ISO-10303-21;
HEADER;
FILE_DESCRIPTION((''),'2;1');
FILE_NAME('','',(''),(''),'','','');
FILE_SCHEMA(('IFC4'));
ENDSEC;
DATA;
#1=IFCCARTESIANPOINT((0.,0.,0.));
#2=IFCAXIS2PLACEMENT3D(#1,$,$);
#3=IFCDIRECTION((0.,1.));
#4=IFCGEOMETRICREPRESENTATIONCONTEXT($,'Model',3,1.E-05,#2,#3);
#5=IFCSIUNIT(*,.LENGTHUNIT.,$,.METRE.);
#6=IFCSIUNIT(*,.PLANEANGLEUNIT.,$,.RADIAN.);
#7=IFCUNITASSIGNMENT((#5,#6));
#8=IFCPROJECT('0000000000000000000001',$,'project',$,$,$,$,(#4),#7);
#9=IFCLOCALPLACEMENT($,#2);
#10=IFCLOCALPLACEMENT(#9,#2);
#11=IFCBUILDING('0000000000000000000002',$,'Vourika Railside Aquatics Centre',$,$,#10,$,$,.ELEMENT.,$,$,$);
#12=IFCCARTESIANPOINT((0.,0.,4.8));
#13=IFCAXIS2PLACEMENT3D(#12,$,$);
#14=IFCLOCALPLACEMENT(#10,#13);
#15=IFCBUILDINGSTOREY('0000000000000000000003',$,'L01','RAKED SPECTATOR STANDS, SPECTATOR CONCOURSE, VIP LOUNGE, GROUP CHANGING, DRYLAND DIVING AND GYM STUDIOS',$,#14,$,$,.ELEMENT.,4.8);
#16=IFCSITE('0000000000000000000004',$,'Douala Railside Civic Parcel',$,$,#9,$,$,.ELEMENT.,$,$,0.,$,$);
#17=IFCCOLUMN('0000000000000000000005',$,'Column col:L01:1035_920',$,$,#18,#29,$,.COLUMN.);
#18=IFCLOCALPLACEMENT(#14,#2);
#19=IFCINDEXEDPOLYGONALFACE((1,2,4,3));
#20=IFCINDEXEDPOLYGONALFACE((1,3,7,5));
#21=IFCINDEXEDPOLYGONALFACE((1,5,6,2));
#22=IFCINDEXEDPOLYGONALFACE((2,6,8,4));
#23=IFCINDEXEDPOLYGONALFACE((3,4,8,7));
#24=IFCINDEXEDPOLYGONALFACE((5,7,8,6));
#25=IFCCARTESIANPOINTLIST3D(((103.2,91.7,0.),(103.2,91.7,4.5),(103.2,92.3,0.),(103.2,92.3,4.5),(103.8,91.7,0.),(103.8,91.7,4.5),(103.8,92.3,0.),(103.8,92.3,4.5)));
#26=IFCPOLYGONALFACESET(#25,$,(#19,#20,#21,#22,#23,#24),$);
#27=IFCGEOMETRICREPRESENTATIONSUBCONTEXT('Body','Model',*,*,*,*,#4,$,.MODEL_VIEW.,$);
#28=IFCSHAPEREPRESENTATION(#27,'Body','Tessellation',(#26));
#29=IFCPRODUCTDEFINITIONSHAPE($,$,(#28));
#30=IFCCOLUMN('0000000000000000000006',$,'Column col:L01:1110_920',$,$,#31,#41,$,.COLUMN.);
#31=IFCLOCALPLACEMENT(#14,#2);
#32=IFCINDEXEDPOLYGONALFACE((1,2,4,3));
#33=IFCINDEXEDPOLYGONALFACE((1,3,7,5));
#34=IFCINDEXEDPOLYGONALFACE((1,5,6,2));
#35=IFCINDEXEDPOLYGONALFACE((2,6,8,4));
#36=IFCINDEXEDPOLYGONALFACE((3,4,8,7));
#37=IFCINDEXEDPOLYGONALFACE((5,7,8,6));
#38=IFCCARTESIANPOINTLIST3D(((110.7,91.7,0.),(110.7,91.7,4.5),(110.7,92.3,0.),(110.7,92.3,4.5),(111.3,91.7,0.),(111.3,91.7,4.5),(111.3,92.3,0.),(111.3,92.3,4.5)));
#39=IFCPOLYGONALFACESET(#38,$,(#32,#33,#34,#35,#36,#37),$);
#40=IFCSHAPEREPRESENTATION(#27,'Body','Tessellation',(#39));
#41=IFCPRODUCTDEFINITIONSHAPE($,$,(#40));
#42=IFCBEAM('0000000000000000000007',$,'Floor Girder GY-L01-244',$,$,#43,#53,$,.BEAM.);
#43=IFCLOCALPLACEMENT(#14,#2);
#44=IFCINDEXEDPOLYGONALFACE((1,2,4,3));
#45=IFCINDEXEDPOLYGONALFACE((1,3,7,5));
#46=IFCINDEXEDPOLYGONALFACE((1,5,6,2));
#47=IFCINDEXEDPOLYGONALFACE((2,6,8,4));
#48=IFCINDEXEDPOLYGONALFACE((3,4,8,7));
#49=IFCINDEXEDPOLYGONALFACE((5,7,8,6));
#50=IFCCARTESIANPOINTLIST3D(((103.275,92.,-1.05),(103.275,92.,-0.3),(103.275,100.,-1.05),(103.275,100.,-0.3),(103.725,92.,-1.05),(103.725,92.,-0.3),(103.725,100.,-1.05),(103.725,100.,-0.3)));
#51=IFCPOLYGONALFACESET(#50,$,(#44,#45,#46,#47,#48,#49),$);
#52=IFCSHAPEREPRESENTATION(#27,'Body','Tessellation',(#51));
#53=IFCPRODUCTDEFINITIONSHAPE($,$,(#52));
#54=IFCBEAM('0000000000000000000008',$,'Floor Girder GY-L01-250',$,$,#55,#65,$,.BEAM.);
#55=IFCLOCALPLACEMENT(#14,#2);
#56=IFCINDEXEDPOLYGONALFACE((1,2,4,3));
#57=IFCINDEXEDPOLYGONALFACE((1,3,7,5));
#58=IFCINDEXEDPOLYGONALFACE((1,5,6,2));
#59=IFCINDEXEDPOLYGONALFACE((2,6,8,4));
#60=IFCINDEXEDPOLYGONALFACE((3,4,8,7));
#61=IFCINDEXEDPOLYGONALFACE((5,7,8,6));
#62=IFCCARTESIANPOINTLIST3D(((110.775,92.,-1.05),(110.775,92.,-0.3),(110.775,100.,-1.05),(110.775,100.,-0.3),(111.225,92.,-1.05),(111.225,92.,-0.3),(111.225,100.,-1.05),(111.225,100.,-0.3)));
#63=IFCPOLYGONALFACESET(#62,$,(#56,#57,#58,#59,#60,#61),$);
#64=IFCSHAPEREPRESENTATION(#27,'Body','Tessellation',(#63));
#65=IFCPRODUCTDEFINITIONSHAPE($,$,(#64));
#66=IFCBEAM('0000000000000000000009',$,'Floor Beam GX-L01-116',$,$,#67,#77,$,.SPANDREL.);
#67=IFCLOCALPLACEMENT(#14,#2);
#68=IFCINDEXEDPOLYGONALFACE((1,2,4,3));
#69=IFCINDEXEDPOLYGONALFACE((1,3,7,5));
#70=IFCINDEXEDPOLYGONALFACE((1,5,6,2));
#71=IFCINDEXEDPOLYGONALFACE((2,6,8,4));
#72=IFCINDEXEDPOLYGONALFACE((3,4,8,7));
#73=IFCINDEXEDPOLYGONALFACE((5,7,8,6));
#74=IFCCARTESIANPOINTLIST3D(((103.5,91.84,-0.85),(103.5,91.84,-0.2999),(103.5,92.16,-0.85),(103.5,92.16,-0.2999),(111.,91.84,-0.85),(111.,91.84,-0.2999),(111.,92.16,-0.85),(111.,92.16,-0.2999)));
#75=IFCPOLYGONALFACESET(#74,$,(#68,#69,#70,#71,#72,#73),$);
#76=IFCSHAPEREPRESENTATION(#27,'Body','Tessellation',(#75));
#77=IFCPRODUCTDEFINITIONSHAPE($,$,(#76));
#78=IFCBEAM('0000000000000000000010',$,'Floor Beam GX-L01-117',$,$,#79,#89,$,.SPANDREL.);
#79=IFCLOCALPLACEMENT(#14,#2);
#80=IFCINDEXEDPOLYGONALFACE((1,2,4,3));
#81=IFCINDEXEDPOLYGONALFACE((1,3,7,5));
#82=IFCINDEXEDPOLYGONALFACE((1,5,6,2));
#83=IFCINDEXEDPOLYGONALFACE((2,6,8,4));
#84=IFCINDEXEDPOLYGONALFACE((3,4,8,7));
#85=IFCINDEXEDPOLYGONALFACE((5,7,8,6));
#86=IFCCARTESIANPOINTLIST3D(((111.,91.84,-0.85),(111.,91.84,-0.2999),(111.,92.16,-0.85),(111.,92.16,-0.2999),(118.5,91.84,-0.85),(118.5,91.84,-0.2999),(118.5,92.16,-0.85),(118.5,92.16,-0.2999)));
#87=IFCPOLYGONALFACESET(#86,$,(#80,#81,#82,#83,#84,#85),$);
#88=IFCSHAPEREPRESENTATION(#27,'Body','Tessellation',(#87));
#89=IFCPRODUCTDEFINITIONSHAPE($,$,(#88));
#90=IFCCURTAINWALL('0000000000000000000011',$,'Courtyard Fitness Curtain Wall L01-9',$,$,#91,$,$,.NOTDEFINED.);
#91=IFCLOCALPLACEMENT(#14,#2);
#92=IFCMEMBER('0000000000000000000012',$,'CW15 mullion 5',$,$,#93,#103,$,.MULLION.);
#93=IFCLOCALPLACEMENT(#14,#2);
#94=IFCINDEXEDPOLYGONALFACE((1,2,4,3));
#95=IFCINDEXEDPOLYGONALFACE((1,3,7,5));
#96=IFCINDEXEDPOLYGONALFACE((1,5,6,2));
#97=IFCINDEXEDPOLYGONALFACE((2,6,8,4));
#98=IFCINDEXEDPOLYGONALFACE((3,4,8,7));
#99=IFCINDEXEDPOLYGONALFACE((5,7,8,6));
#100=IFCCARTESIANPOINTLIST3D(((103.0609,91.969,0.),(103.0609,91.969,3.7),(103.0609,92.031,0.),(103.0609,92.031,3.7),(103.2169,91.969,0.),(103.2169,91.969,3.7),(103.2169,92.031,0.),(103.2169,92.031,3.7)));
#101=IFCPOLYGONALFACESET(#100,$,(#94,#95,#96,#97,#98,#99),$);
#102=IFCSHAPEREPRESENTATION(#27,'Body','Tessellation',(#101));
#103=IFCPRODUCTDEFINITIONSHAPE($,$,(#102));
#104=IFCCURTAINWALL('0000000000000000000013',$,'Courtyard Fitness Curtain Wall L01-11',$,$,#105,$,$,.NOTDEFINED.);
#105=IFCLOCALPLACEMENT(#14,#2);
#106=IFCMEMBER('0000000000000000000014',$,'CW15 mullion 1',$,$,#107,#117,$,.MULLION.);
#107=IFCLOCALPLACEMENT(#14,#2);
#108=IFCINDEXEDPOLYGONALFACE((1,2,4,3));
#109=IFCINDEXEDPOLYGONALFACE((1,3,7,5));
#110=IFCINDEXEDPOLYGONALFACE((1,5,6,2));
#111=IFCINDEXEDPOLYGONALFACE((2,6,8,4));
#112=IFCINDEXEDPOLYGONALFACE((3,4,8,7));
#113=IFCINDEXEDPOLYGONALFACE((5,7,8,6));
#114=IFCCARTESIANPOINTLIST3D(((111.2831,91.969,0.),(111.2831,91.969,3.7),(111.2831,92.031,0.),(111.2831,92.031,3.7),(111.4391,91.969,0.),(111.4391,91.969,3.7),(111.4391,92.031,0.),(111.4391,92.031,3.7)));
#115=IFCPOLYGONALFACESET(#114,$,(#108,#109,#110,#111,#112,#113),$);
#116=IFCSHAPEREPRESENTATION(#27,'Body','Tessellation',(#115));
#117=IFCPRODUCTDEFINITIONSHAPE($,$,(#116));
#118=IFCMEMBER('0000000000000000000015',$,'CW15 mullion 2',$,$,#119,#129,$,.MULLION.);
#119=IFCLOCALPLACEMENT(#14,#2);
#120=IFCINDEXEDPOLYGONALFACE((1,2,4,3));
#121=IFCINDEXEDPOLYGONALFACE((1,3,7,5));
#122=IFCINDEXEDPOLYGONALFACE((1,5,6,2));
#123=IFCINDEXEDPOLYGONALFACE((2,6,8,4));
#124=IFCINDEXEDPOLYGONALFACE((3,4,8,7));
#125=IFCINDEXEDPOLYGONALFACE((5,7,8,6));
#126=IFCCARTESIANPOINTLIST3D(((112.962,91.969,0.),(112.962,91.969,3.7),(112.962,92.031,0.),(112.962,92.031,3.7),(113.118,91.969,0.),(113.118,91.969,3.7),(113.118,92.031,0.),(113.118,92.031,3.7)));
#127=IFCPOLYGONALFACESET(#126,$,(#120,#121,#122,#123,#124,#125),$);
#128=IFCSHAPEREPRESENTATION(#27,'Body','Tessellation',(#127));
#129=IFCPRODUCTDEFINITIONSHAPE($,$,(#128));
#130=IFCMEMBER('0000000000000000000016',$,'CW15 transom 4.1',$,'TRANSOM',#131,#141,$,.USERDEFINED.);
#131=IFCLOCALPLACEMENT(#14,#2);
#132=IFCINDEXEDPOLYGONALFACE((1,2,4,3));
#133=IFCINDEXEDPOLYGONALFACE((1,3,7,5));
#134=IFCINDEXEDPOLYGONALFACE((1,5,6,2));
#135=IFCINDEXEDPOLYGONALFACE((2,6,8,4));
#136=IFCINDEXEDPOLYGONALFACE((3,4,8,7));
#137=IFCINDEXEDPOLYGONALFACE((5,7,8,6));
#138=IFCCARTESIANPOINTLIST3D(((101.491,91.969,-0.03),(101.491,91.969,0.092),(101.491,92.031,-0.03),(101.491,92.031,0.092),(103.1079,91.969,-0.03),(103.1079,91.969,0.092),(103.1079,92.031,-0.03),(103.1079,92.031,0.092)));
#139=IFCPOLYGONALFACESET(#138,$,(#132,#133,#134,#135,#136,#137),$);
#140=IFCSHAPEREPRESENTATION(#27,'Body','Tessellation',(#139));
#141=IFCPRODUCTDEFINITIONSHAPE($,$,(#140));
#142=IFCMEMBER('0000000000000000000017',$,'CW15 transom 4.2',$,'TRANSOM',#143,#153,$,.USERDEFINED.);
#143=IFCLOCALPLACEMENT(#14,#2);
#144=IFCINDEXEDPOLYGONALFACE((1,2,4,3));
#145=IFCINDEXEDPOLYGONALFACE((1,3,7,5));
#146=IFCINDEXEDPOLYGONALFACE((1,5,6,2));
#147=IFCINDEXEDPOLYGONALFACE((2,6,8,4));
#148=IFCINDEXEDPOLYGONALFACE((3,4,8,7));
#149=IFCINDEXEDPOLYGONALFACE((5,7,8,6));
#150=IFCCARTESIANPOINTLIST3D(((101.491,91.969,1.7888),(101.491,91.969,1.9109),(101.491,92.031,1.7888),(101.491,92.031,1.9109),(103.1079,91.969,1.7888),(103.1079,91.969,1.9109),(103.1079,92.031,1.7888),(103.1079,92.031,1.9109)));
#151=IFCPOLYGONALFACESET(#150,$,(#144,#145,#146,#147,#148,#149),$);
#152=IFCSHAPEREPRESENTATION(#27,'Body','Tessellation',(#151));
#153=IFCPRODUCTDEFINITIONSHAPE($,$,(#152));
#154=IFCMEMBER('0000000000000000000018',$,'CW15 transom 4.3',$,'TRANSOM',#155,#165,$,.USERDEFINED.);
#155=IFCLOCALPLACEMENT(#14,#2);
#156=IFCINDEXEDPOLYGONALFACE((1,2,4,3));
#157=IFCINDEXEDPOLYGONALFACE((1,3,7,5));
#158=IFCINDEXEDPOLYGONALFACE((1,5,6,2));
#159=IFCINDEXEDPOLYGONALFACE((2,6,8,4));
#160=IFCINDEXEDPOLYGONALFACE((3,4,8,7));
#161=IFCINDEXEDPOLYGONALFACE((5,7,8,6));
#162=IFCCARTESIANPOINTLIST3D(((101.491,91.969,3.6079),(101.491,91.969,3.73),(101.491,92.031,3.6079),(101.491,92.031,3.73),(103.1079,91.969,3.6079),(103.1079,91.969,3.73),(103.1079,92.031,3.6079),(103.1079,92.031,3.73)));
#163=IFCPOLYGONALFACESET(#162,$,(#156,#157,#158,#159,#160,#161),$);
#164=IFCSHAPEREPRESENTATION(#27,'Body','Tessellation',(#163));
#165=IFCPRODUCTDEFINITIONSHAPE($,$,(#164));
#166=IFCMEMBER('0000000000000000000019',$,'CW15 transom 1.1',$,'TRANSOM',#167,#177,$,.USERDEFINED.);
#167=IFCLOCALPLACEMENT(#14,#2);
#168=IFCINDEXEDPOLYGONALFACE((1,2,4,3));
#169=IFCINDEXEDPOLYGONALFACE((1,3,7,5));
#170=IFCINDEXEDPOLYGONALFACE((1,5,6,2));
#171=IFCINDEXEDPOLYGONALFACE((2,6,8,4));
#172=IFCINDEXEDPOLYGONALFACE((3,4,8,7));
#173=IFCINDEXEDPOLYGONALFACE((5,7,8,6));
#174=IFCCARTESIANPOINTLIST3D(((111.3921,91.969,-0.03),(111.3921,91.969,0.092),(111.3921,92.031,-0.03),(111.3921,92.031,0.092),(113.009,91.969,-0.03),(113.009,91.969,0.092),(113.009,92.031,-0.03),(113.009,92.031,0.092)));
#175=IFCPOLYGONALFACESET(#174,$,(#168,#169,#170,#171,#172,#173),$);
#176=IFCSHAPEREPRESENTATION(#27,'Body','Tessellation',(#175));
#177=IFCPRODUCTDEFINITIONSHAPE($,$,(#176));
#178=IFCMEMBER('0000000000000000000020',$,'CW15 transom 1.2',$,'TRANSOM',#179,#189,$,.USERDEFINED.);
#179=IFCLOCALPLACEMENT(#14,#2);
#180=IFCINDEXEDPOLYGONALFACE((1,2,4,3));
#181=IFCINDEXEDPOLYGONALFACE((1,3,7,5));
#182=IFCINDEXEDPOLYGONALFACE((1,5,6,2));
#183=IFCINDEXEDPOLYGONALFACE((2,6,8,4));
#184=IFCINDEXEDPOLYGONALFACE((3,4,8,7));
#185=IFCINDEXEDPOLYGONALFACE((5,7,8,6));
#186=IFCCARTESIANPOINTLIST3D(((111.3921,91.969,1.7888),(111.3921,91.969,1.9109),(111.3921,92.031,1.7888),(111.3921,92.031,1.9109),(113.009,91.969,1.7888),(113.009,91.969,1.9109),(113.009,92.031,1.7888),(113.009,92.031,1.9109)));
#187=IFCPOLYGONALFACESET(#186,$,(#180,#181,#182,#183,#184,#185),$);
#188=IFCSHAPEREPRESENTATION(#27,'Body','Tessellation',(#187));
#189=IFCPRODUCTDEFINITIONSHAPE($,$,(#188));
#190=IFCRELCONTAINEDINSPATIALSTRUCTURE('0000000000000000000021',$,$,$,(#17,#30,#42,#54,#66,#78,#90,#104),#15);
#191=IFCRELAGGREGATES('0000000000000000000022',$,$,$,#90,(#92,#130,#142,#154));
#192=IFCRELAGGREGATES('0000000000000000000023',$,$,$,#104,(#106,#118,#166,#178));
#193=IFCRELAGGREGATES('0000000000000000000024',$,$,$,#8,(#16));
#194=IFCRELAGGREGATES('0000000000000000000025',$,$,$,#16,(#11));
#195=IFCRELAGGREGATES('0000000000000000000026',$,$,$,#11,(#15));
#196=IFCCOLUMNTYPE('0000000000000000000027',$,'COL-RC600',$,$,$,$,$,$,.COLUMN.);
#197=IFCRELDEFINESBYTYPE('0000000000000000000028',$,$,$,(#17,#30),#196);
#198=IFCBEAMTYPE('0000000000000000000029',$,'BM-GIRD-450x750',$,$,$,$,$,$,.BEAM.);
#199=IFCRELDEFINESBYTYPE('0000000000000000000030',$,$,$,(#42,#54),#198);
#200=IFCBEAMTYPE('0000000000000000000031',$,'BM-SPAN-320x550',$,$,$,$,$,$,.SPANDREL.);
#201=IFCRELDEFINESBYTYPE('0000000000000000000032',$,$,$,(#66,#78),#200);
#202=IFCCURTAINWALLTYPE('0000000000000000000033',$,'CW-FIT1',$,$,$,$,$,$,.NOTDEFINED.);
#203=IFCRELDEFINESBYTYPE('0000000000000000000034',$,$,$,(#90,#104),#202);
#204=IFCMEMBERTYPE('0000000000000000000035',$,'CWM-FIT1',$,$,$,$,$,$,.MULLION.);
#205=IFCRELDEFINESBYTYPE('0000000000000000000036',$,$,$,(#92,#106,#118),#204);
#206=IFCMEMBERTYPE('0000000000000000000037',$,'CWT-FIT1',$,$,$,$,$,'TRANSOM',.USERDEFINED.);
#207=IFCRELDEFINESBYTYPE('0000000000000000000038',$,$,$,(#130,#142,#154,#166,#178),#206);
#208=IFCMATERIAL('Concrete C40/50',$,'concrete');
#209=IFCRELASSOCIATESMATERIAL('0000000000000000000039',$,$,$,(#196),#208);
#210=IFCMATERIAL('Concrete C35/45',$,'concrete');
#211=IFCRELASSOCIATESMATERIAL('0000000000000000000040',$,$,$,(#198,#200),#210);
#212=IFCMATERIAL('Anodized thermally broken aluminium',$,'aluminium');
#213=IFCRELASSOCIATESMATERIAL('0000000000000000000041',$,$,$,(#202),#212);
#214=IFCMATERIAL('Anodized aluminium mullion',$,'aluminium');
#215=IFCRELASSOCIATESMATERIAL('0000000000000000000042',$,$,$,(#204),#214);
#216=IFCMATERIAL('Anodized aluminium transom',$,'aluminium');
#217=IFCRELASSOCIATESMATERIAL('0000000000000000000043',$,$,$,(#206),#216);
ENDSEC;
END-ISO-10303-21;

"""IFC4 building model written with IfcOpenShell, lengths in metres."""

from ifc_helpers import new_model, si_unit, direction, frame, origin, origin_2d, place, context, subcontext, project, spatial, rectangle, extrude, material, material_profile, profile_set, type_object, element, aggregate, save


model = new_model("IFC4")

# Units and contexts
model_context = context("Model", 3, precision=1e-05, world=origin(), true_north=direction((0.0, 1.0)))
body_context = subcontext(model_context, "Body", "Model", "MODEL_VIEW")
ifc_project = project(units=[si_unit("LENGTHUNIT", "METRE"), si_unit("PLANEANGLEUNIT", "RADIAN")], contexts=[model_context])

# Site, building, storey
site_placement = place(None, origin())
site = spatial("IfcSite", under=ifc_project, at=site_placement, Name="Douala Railside Civic Parcel", CompositionType="ELEMENT", RefElevation=0.0)
building_placement = place(site_placement, origin())
building = spatial("IfcBuilding", under=site, at=building_placement, Name="Vourika Railside Aquatics Centre", CompositionType="ELEMENT")
storey_placement = place(building_placement, frame((0.0, 0.0, 4.8)))
storey = spatial("IfcBuildingStorey", under=building, at=storey_placement, Name="L01", Description="RAKED SPECTATOR STANDS, SPECTATOR CONCOURSE, VIP LOUNGE, GROUP CHANGING, DRYLAND DIVING AND GYM STUDIOS", CompositionType="ELEMENT", Elevation=4.8)

# Columns
ifc_material_1 = material(Name="Concrete C40/50", Category="concrete")
ifc_material_profile_1 = material_profile(ifc_material_1, rectangle(XDim=0.6001, YDim=0.6001, at=origin_2d()), Name="RC 600x600")
ifc_profile_set_1 = profile_set([ifc_material_profile_1], Name="Concrete C40/50")
column_type = type_object("IfcColumnType", Name="COL-RC600", PredefinedType="COLUMN", material=ifc_profile_set_1)
for number, where, z_axis, x_axis, name in (
    (1, (103.5, 92.0, 0.0), (0.0, 0.0, 1.0), (1.0, 0.0, 0.0), "Column col:L01:1035_920"),
    (2, (111.0, 92.0, 0.0), (0.0, 0.0, 1.0), (1.0, 0.0, 0.0), "Column col:L01:1110_920"),
):
    element("IfcColumn", number, at=place(storey_placement, frame(where, z_axis=z_axis, x_axis=x_axis)), inside=storey, type_object=column_type, Name=name, PredefinedType="COLUMN", context=body_context, shape_type="SweptSolid", body=[
        extrude(rectangle(XDim=0.6001, YDim=0.6001, at=origin_2d()), origin(), (0.0, 0.0, 1.0), 4.5),
    ])

# Beams
ifc_material_2 = material(Name="Concrete C35/45", Category="concrete")
ifc_material_profile_2 = material_profile(ifc_material_2, rectangle(XDim=0.45, YDim=0.75, at=origin_2d()), Name="RC 450x750")
ifc_profile_set_2 = profile_set([ifc_material_profile_2], Name="Concrete C35/45")
beam_type_1 = type_object("IfcBeamType", Name="BM-GIRD-450x750", PredefinedType="BEAM", material=ifc_profile_set_2)
for number, where, z_axis, x_axis, name in (
    (3, (103.5, 92.0, -0.675), (0.0, 1.0, 0.0), (-1.0, 0.0, 0.0), "Floor Girder GY-L01-244"),
    (4, (111.0, 92.0, -0.675), (0.0, 1.0, 0.0), (-1.0, 0.0, 0.0), "Floor Girder GY-L01-250"),
):
    element("IfcBeam", number, at=place(storey_placement, frame(where, z_axis=z_axis, x_axis=x_axis)), inside=storey, type_object=beam_type_1, Name=name, PredefinedType="BEAM", context=body_context, shape_type="SweptSolid", body=[
        extrude(rectangle(XDim=0.45, YDim=0.75, at=origin_2d()), origin(), (0.0, 0.0, 1.0), 8.0),
    ])
ifc_material_profile_3 = material_profile(ifc_material_2, rectangle(XDim=0.3201, YDim=0.55, at=origin_2d()), Name="RC 320x550")
ifc_profile_set_3 = profile_set([ifc_material_profile_3], Name="Concrete C35/45")
beam_type_2 = type_object("IfcBeamType", Name="BM-SPAN-320x550", PredefinedType="SPANDREL", material=ifc_profile_set_3)
for number, where, z_axis, x_axis, name in (
    (5, (103.5, 92.0, -0.575), (1.0, 0.0, 0.0), (0.0, 1.0, 0.0), "Floor Beam GX-L01-116"),
    (6, (111.0, 92.0, -0.575), (1.0, 0.0, 0.0), (0.0, 1.0, 0.0), "Floor Beam GX-L01-117"),
):
    element("IfcBeam", number, at=place(storey_placement, frame(where, z_axis=z_axis, x_axis=x_axis)), inside=storey, type_object=beam_type_2, Name=name, PredefinedType="SPANDREL", context=body_context, shape_type="SweptSolid", body=[
        extrude(rectangle(XDim=0.3201, YDim=0.55, at=origin_2d()), origin(), (0.0, 0.0, 1.0), 7.5),
    ])

# Curtain wall, member
ifc_material_3 = material(Name="Anodized thermally broken aluminium", Category="aluminium")
curtain_wall_type = type_object("IfcCurtainWallType", Name="CW-FIT1", PredefinedType="NOTDEFINED", material=ifc_material_3)
curtain_wall_1_placement = place(storey_placement, origin())
curtain_wall_1 = element("IfcCurtainWall", 7, at=curtain_wall_1_placement, inside=storey, type_object=curtain_wall_type, Name="Courtyard Fitness Curtain Wall L01-9", PredefinedType="NOTDEFINED")
ifc_material_4 = material(Name="Anodized aluminium mullion", Category="aluminium")
ifc_material_profile_4 = material_profile(ifc_material_4, rectangle(XDim=0.062, YDim=0.156, at=origin_2d()), Name="ALU-M 62x156")
ifc_profile_set_4 = profile_set([ifc_material_profile_4], Name="Anodized aluminium mullion")
member_type_1 = type_object("IfcMemberType", Name="CWM-FIT1", PredefinedType="MULLION", material=ifc_profile_set_4)
member_1_placement = place(storey_placement, frame((103.1389, 92.0, 0.0), z_axis=(0.0, 0.0, 1.0), x_axis=(0.0, 1.0, 0.0)))
member_1 = element("IfcMember", 8, at=member_1_placement, type_object=member_type_1, Name="CW15 mullion 5", PredefinedType="MULLION", context=body_context, shape_type="SweptSolid", body=[
    extrude(rectangle(XDim=0.062, YDim=0.156, at=origin_2d()), origin(), (0.0, 0.0, 1.0), 3.7),
])

# Curtain wall, members
curtain_wall_2_placement = place(storey_placement, origin())
curtain_wall_2 = element("IfcCurtainWall", 9, at=curtain_wall_2_placement, inside=storey, type_object=curtain_wall_type, Name="Courtyard Fitness Curtain Wall L01-11", PredefinedType="NOTDEFINED")
member_2_placement = place(storey_placement, frame((111.3611, 92.0, 0.0), z_axis=(0.0, 0.0, 1.0), x_axis=(0.0, 1.0, 0.0)))
member_2 = element("IfcMember", 10, at=member_2_placement, type_object=member_type_1, Name="CW15 mullion 1", PredefinedType="MULLION", context=body_context, shape_type="SweptSolid", body=[
    extrude(rectangle(XDim=0.062, YDim=0.156, at=origin_2d()), origin(), (0.0, 0.0, 1.0), 3.7),
])
member_3_placement = place(storey_placement, frame((113.04, 92.0, 0.0), z_axis=(0.0, 0.0, 1.0), x_axis=(0.0, 1.0, 0.0)))
member_3 = element("IfcMember", 11, at=member_3_placement, type_object=member_type_1, Name="CW15 mullion 2", PredefinedType="MULLION", context=body_context, shape_type="SweptSolid", body=[
    extrude(rectangle(XDim=0.062, YDim=0.156, at=origin_2d()), origin(), (0.0, 0.0, 1.0), 3.7),
])

# Members
ifc_material_5 = material(Name="Anodized aluminium transom", Category="aluminium")
ifc_material_profile_5 = material_profile(ifc_material_5, rectangle(XDim=0.062, YDim=0.1221, at=origin_2d()), Name="ALU-T 62x122")
ifc_profile_set_5 = profile_set([ifc_material_profile_5], Name="Anodized aluminium transom")
member_type_2 = type_object("IfcMemberType", Name="CWT-FIT1", ElementType="TRANSOM", PredefinedType="USERDEFINED", material=ifc_profile_set_5)
member_4_placement = place(storey_placement, frame((101.491, 92.0, 0.031), z_axis=(1.0, 0.0, 0.0), x_axis=(0.0, 1.0, 0.0)))
member_4 = element("IfcMember", 12, at=member_4_placement, type_object=member_type_2, Name="CW15 transom 4.1", ObjectType="TRANSOM", PredefinedType="USERDEFINED", context=body_context, shape_type="SweptSolid", body=[
    extrude(rectangle(XDim=0.062, YDim=0.1221, at=origin_2d()), origin(), (0.0, 0.0, 1.0), 1.6169),
])
member_5_placement = place(storey_placement, frame((101.491, 92.0, 1.8499), z_axis=(1.0, 0.0, 0.0), x_axis=(0.0, 1.0, 0.0)))
member_5 = element("IfcMember", 13, at=member_5_placement, type_object=member_type_2, Name="CW15 transom 4.2", ObjectType="TRANSOM", PredefinedType="USERDEFINED", context=body_context, shape_type="SweptSolid", body=[
    extrude(rectangle(XDim=0.062, YDim=0.1221, at=origin_2d()), origin(), (0.0, 0.0, 1.0), 1.6169),
])
member_6_placement = place(storey_placement, frame((101.491, 92.0, 3.6689), z_axis=(1.0, 0.0, 0.0), x_axis=(0.0, 1.0, 0.0)))
member_6 = element("IfcMember", 14, at=member_6_placement, type_object=member_type_2, Name="CW15 transom 4.3", ObjectType="TRANSOM", PredefinedType="USERDEFINED", context=body_context, shape_type="SweptSolid", body=[
    extrude(rectangle(XDim=0.062, YDim=0.1221, at=origin_2d()), origin(), (0.0, 0.0, 1.0), 1.6169),
])
member_7_placement = place(storey_placement, frame((111.3921, 92.0, 0.031), z_axis=(1.0, 0.0, 0.0), x_axis=(0.0, 1.0, 0.0)))
member_7 = element("IfcMember", 15, at=member_7_placement, type_object=member_type_2, Name="CW15 transom 1.1", ObjectType="TRANSOM", PredefinedType="USERDEFINED", context=body_context, shape_type="SweptSolid", body=[
    extrude(rectangle(XDim=0.062, YDim=0.1221, at=origin_2d()), origin(), (0.0, 0.0, 1.0), 1.6169),
])
member_8_placement = place(storey_placement, frame((111.3921, 92.0, 1.8499), z_axis=(1.0, 0.0, 0.0), x_axis=(0.0, 1.0, 0.0)))
member_8 = element("IfcMember", 16, at=member_8_placement, type_object=member_type_2, Name="CW15 transom 1.2", ObjectType="TRANSOM", PredefinedType="USERDEFINED", context=body_context, shape_type="SweptSolid", body=[
    extrude(rectangle(XDim=0.062, YDim=0.1221, at=origin_2d()), origin(), (0.0, 0.0, 1.0), 1.6169),
])

aggregate(curtain_wall_1, [member_1, member_4, member_5, member_6])
aggregate(curtain_wall_2, [member_2, member_3, member_7, member_8])

save(model, "model.ifc")
